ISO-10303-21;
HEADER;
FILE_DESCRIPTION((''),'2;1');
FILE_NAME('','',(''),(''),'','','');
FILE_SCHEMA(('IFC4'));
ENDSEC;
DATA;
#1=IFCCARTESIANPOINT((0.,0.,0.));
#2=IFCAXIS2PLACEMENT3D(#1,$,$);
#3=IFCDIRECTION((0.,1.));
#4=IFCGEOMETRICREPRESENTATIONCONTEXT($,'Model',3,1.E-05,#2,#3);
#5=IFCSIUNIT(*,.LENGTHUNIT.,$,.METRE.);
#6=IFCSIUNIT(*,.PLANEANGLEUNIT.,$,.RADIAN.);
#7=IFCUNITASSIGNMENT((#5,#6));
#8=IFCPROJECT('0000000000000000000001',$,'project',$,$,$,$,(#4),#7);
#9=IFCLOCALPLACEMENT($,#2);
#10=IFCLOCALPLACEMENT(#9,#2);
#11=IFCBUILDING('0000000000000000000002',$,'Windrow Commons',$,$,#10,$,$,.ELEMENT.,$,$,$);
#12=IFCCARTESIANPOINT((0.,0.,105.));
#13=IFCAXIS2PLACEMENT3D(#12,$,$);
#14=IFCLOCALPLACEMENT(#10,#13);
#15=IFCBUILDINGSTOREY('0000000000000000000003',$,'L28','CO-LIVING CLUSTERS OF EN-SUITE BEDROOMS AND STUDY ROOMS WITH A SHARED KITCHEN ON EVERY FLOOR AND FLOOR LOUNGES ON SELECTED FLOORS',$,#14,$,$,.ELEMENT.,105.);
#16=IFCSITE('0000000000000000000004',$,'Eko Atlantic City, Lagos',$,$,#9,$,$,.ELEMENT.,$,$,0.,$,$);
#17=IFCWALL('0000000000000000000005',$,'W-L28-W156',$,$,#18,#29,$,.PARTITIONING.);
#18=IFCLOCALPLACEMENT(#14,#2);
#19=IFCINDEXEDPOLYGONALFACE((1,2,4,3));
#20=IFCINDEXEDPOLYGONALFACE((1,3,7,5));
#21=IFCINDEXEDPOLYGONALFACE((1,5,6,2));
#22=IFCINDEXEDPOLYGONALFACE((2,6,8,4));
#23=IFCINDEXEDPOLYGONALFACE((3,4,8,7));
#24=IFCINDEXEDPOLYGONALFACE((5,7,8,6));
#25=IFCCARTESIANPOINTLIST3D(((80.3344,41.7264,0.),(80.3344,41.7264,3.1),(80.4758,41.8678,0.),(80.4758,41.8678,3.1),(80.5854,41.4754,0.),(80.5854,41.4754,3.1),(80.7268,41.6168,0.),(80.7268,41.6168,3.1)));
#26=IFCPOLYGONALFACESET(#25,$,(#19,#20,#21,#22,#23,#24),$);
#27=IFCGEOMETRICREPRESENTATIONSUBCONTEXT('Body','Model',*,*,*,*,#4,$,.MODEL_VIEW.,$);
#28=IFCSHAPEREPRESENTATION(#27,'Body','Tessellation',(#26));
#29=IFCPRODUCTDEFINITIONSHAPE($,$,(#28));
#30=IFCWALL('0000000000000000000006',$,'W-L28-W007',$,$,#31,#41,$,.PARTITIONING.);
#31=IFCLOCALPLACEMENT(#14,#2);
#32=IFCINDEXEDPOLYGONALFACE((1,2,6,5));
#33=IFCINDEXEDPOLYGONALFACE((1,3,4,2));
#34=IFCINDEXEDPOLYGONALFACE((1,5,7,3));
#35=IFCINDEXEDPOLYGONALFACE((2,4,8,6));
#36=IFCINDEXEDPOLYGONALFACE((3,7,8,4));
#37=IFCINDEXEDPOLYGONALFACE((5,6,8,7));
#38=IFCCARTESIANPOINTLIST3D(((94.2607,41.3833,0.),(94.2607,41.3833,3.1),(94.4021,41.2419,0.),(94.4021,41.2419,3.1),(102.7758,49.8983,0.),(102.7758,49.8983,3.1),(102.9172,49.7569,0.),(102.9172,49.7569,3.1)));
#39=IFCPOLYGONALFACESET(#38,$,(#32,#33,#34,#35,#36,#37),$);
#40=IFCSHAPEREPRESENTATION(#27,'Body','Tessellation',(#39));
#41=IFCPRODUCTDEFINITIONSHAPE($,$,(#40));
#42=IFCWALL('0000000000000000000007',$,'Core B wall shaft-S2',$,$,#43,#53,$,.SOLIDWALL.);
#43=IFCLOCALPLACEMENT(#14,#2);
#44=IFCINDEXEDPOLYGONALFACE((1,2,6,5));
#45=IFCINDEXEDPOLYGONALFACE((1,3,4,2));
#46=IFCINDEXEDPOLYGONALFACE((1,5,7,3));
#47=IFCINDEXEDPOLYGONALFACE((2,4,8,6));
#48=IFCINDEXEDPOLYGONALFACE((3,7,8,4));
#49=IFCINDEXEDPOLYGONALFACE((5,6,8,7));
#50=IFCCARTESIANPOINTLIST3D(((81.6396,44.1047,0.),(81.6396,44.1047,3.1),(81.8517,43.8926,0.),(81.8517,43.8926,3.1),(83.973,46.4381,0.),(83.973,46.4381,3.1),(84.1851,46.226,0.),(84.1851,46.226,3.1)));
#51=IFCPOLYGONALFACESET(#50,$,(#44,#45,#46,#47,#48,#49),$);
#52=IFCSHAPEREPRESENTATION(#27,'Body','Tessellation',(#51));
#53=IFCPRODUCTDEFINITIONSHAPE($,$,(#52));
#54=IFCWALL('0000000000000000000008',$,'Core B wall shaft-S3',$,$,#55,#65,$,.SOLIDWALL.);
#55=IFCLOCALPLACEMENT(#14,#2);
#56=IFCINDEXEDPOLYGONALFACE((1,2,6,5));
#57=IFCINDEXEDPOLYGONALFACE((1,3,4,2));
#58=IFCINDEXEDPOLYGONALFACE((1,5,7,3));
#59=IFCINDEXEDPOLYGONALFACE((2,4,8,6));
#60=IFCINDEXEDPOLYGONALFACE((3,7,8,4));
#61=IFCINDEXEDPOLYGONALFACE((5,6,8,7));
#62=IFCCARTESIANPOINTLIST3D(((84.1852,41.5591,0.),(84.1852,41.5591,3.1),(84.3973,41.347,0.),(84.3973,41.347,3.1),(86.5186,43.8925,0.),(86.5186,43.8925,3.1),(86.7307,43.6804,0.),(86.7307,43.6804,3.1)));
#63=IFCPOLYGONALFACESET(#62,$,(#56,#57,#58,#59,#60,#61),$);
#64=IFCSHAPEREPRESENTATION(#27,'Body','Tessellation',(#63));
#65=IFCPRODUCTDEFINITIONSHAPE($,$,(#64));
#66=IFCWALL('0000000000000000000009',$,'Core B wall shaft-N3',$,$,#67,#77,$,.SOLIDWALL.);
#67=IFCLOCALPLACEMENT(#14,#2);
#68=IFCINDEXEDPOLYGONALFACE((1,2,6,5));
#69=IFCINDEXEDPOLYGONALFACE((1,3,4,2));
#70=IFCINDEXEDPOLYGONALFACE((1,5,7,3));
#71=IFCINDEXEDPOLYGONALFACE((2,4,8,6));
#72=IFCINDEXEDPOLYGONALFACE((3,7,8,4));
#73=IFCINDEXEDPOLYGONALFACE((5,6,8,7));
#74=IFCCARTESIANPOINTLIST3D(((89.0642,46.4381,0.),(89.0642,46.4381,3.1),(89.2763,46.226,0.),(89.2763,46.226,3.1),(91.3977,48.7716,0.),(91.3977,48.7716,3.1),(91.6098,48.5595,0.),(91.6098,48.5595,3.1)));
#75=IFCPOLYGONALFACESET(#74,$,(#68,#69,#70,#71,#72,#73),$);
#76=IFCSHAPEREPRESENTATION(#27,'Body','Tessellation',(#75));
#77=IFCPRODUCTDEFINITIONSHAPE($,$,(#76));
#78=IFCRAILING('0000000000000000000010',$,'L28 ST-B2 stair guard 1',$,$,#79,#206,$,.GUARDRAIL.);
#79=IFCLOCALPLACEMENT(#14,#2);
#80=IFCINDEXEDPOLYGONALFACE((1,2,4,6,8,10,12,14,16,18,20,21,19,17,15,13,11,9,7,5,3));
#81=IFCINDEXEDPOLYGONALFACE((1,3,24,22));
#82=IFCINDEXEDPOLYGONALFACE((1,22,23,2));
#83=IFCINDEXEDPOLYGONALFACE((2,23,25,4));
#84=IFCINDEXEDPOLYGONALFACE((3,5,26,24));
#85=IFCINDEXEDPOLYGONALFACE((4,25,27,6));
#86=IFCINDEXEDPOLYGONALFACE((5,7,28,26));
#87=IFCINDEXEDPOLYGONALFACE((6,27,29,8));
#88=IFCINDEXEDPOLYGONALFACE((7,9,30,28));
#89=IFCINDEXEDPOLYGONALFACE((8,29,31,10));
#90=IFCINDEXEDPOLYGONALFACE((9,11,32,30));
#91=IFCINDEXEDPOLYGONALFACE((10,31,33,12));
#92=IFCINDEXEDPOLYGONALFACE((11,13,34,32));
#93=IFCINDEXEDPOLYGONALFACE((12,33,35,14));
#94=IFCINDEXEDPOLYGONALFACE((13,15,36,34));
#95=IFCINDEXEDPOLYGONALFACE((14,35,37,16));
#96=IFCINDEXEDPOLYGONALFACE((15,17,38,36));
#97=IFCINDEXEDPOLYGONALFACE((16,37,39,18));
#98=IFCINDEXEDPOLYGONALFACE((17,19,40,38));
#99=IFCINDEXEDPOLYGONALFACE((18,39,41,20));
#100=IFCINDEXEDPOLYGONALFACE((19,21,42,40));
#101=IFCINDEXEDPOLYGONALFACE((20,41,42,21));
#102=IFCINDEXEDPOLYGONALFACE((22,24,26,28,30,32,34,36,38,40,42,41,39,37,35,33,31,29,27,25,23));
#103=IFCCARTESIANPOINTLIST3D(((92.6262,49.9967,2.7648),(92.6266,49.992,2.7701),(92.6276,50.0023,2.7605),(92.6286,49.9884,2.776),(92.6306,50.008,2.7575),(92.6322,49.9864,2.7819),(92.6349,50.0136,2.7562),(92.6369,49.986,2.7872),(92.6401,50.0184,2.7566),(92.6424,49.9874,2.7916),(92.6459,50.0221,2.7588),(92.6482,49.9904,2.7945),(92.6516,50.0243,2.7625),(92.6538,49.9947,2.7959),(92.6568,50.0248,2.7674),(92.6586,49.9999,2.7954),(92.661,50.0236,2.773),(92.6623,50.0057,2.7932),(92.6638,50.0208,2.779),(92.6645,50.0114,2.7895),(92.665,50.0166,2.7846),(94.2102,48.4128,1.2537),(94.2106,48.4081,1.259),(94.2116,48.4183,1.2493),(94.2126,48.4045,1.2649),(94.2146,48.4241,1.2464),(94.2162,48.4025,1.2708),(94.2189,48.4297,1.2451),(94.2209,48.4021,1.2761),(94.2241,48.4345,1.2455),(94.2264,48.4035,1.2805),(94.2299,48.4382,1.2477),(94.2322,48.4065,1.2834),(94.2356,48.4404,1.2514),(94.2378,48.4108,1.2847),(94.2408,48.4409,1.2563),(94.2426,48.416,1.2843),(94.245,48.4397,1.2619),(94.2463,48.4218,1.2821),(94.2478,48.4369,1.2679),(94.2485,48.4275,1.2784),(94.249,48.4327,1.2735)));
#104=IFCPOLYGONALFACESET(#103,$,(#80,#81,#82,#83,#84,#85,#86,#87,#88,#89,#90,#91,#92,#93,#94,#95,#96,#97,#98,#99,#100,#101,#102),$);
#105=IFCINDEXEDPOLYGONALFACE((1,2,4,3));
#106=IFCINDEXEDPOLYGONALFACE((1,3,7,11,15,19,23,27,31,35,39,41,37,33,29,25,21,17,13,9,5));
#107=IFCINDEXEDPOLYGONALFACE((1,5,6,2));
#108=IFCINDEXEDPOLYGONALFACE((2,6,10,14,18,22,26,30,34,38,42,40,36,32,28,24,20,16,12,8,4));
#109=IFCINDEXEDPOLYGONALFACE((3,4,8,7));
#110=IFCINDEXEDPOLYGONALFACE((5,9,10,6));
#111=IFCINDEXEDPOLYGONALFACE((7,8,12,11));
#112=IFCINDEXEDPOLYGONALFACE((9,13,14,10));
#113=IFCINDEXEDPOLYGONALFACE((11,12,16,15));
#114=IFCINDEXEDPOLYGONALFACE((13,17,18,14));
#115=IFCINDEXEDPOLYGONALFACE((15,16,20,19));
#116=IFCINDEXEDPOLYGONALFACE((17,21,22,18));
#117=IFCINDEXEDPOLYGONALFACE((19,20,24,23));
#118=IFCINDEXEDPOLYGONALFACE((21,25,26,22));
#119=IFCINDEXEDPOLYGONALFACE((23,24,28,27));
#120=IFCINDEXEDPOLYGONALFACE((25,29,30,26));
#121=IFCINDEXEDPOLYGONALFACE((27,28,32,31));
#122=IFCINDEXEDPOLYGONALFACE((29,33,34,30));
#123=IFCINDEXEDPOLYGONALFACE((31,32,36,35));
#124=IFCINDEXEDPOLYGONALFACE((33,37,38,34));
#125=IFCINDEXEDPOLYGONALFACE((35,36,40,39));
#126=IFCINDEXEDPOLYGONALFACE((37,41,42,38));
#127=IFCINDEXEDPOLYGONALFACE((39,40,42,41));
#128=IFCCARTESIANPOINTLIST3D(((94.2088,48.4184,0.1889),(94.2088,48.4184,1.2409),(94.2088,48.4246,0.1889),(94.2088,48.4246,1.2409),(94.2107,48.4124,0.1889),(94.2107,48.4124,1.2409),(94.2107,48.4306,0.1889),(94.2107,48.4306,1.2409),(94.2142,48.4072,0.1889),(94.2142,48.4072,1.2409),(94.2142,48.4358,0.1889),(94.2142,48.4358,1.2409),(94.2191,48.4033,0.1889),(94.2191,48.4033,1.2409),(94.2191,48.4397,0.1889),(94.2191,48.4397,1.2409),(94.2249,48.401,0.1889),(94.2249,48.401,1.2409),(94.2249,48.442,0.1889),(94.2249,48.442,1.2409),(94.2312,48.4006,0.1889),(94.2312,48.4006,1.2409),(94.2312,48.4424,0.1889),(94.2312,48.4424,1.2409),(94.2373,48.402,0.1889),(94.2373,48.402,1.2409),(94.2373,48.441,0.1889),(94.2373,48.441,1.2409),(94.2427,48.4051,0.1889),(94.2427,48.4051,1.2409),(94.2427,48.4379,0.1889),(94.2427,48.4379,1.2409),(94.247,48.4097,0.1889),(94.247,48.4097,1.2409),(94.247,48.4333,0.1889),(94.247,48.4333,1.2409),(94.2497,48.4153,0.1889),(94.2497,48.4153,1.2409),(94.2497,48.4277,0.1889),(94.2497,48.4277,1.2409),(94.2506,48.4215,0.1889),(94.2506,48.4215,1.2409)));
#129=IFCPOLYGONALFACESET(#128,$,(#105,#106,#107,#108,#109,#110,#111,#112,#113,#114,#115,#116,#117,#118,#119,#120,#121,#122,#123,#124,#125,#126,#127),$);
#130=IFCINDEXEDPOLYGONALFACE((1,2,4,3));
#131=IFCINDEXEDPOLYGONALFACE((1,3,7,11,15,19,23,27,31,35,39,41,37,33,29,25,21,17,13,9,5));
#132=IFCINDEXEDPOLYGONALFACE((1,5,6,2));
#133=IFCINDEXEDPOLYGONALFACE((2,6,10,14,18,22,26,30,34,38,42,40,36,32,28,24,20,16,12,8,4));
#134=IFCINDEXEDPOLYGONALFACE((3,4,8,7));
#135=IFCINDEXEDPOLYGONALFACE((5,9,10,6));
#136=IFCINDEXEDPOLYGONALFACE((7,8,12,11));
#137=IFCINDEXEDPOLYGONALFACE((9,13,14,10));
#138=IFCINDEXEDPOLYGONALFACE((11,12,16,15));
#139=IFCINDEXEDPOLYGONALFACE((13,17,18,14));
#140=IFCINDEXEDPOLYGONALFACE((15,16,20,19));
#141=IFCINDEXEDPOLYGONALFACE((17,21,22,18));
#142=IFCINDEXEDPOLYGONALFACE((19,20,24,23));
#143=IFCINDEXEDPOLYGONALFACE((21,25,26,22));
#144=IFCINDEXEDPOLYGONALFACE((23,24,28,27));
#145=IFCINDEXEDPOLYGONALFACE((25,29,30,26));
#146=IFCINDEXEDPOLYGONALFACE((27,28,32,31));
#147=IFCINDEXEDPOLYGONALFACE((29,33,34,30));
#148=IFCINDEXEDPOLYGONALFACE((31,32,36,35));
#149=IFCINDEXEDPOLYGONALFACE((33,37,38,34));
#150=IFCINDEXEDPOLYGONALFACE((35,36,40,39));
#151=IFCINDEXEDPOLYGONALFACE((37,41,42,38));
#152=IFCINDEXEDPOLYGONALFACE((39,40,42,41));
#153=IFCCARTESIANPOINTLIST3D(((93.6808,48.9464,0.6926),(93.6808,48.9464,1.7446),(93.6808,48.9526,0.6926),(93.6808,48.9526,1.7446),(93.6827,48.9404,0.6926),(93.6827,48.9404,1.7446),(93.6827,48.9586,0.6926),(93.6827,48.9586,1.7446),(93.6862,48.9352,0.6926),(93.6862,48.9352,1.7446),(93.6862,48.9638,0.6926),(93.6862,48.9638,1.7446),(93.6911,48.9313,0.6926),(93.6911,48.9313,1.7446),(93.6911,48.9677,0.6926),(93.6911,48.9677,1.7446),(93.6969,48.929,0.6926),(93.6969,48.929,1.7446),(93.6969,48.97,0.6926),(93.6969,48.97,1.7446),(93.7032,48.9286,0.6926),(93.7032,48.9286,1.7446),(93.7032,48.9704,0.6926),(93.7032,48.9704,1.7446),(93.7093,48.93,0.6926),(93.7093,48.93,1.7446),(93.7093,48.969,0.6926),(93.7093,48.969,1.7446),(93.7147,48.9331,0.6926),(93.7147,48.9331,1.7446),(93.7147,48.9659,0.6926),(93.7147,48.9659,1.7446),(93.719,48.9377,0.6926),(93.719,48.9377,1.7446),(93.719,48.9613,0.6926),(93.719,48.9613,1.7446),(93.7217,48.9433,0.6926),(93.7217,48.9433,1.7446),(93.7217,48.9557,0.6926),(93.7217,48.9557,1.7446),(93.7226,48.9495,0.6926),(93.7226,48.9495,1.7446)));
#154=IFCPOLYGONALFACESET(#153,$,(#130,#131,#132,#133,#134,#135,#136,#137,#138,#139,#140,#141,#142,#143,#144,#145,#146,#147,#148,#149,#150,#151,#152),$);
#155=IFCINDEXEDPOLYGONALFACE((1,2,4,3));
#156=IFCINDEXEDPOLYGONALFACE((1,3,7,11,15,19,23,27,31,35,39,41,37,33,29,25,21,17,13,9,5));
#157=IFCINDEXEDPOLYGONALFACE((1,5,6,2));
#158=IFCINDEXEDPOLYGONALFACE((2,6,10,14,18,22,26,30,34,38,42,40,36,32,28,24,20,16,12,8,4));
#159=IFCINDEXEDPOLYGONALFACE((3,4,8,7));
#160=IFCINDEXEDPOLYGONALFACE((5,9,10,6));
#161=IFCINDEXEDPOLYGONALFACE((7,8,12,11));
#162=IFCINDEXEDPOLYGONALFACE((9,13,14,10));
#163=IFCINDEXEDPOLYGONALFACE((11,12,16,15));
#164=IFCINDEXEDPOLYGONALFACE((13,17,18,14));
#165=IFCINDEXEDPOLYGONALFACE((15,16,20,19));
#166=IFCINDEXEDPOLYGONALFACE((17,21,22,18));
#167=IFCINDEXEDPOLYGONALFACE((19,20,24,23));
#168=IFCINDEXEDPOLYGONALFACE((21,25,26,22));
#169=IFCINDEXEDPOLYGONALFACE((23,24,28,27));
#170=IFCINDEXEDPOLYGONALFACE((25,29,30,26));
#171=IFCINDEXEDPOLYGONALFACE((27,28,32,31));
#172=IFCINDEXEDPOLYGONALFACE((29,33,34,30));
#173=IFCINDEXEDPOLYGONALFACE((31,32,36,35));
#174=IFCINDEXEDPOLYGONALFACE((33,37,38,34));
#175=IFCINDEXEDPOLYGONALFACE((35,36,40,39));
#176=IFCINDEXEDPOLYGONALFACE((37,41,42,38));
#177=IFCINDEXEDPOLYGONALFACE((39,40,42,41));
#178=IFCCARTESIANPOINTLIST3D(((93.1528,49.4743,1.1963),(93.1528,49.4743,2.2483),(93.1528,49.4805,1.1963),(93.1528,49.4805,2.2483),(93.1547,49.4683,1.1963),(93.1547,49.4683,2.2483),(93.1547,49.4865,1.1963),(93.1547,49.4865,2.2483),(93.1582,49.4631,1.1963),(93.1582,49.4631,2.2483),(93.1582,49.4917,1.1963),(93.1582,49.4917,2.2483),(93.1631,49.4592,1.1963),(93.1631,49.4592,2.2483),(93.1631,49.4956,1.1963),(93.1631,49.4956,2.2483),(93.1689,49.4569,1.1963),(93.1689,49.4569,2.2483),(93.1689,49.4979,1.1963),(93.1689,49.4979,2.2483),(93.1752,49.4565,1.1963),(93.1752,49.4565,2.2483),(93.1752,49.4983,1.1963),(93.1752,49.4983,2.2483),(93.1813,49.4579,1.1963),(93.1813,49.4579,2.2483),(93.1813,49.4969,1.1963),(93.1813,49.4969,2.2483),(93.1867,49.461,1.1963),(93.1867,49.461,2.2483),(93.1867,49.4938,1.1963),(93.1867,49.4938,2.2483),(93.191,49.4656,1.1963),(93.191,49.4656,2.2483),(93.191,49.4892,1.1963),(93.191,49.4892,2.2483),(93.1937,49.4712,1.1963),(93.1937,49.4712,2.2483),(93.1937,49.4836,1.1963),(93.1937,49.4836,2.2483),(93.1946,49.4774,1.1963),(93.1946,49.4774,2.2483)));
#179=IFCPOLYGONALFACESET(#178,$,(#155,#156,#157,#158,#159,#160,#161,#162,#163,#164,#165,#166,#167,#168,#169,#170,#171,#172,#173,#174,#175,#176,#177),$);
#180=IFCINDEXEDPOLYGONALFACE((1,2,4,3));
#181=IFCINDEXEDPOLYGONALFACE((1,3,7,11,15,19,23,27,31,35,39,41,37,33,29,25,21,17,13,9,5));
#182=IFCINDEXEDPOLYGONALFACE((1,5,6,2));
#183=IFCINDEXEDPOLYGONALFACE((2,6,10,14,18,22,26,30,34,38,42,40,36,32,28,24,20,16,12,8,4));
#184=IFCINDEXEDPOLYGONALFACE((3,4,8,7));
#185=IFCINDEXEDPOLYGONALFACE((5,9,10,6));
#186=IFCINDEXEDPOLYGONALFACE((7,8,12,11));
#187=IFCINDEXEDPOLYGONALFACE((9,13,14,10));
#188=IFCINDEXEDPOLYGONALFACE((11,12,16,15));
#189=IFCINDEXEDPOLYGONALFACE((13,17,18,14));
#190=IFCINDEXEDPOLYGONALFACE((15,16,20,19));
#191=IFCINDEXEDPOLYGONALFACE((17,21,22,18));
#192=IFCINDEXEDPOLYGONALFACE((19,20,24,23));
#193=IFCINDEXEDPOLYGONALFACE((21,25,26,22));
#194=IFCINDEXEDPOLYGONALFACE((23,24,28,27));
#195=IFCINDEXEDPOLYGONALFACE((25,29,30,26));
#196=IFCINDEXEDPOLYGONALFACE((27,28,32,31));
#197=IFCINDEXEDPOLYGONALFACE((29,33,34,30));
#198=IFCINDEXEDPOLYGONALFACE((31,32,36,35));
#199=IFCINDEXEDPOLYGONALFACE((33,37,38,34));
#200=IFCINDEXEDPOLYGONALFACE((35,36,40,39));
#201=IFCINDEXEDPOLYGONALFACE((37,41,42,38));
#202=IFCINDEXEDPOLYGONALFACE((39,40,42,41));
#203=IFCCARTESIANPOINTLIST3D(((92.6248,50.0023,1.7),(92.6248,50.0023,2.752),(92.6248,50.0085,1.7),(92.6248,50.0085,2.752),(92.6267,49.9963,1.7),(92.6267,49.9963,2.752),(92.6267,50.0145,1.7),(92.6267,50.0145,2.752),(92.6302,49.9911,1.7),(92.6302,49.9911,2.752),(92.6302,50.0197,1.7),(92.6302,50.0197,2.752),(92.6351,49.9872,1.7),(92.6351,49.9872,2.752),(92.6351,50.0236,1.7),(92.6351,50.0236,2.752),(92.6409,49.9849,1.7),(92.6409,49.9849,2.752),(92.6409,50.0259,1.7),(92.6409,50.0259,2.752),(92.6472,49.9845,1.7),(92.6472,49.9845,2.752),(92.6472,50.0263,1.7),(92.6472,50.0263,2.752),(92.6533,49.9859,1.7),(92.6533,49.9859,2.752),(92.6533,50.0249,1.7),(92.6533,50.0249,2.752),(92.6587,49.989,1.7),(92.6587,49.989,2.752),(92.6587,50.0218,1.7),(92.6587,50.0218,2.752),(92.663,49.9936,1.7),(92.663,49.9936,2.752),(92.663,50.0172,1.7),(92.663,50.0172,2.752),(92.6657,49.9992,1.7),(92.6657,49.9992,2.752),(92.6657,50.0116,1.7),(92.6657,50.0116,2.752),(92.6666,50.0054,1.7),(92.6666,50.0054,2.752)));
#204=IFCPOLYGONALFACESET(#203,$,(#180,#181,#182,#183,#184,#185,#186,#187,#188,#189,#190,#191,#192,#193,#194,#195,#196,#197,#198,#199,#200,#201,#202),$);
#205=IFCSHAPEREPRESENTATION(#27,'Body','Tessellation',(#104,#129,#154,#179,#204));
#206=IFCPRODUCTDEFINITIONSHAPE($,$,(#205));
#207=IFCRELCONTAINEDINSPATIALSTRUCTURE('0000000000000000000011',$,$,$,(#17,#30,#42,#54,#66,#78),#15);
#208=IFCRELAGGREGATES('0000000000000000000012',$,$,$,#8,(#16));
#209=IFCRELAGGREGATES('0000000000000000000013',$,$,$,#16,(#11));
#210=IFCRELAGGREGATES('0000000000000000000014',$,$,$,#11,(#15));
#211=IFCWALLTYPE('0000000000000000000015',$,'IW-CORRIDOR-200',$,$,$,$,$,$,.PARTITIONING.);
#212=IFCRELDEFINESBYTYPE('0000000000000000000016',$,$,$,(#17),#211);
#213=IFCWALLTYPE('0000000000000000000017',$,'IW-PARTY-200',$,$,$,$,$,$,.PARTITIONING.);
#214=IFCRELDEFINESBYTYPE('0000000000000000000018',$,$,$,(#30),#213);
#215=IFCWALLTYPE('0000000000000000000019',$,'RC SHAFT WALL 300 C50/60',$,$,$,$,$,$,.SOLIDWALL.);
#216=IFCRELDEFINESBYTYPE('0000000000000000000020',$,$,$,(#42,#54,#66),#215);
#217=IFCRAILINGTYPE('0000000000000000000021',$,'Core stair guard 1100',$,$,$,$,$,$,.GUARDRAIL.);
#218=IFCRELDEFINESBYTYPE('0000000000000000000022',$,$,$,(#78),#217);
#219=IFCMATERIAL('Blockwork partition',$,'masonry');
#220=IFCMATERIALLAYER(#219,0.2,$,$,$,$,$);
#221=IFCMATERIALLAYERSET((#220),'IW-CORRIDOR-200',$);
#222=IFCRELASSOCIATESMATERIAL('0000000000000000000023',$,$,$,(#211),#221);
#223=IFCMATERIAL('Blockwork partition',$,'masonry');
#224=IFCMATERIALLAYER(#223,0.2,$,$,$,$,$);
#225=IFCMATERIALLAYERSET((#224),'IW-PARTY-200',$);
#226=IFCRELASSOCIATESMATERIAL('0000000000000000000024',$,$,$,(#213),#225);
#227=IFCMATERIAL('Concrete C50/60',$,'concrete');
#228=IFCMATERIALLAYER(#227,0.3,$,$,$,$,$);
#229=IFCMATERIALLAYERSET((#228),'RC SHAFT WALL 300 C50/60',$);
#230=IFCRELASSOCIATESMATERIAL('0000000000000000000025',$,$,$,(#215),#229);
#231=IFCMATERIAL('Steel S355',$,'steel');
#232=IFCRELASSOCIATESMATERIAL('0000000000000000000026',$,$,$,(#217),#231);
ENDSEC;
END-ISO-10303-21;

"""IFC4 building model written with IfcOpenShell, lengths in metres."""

from ifc_helpers import new_model, si_unit, direction, frame, frame_2d, origin, origin_2d, place, context, subcontext, project, spatial, rectangle, circle, extrude, material, layer, layer_set, type_object, element, save


model = new_model("IFC4")

# Units and contexts
model_context = context("Model", 3, precision=1e-05, world=origin(), true_north=direction((0.0, 1.0)))
body_context = subcontext(model_context, "Body", "Model", "MODEL_VIEW")
ifc_project = project(units=[si_unit("LENGTHUNIT", "METRE"), si_unit("PLANEANGLEUNIT", "RADIAN")], contexts=[model_context])

# Site, building, storey
site_placement = place(None, origin())
site = spatial("IfcSite", under=ifc_project, at=site_placement, Name="Eko Atlantic City, Lagos", CompositionType="ELEMENT", RefElevation=0.0)
building_placement = place(site_placement, origin())
building = spatial("IfcBuilding", under=site, at=building_placement, Name="Windrow Commons", CompositionType="ELEMENT")
storey_placement = place(building_placement, frame((0.0, 0.0, 105.0)))
storey = spatial("IfcBuildingStorey", under=building, at=storey_placement, Name="L28", Description="CO-LIVING CLUSTERS OF EN-SUITE BEDROOMS AND STUDY ROOMS WITH A SHARED KITCHEN ON EVERY FLOOR AND FLOOR LOUNGES ON SELECTED FLOORS", CompositionType="ELEMENT", Elevation=105.0)

# Shared definitions
ifc_material_1 = material(Name="Blockwork partition", Category="masonry")
ifc_layer_1 = layer(ifc_material_1, 0.2)
ifc_layer_set_1 = layer_set([ifc_layer_1], Name="IW-CORRIDOR-200")
wall_type_1 = type_object("IfcWallType", Name="IW-CORRIDOR-200", PredefinedType="PARTITIONING", material=ifc_layer_set_1)

# Walls
wall_1_placement = place(storey_placement, frame((80.4051, 41.7971, 0.0), z_axis=(0.0, 0.0, 1.0), x_axis=(0.707107, -0.707107, 0.0)))
element("IfcWall", 1, at=wall_1_placement, inside=storey, type_object=wall_type_1, Name="W-L28-W156", PredefinedType="PARTITIONING", context=body_context, shape_type="SweptSolid", body=[
    extrude(rectangle(XDim=0.355, YDim=0.2, at=frame_2d((0.1775, 0.0))), origin(), (0.0, 0.0, 1.0), 3.1),
])
ifc_material_2 = material(Name="Blockwork partition", Category="masonry")
ifc_layer_2 = layer(ifc_material_2, 0.2)
ifc_layer_set_2 = layer_set([ifc_layer_2], Name="IW-PARTY-200")
wall_type_2 = type_object("IfcWallType", Name="IW-PARTY-200", PredefinedType="PARTITIONING", material=ifc_layer_set_2)
wall_2_placement = place(storey_placement, frame((94.3314, 41.3126, 0.0), z_axis=(0.0, 0.0, 1.0), x_axis=(0.707111, 0.707103, 0.0)))
element("IfcWall", 2, at=wall_2_placement, inside=storey, type_object=wall_type_2, Name="W-L28-W007", PredefinedType="PARTITIONING", context=body_context, shape_type="SweptSolid", body=[
    extrude(rectangle(XDim=12.0421, YDim=0.2, at=frame_2d((6.021, 0.0))), origin(), (0.0, 0.0, 1.0), 3.1),
])
ifc_material_3 = material(Name="Concrete C50/60", Category="concrete")
ifc_layer_3 = layer(ifc_material_3, 0.3)
ifc_layer_set_3 = layer_set([ifc_layer_3], Name="RC SHAFT WALL 300 C50/60")
wall_type_3 = type_object("IfcWallType", Name="RC SHAFT WALL 300 C50/60", PredefinedType="SOLIDWALL", material=ifc_layer_set_3)
for number, where, z_axis, x_axis, name in (
    (3, (81.7456, 43.9986, 0.0), (0.0, 0.0, 1.0), (0.707107, 0.707107, 0.0), "Core B wall shaft-S2"),
    (4, (84.2912, 41.453, 0.0), (0.0, 0.0, 1.0), (0.707107, 0.707107, 0.0), "Core B wall shaft-S3"),
):
    element("IfcWall", number, at=place(storey_placement, frame(where, z_axis=z_axis, x_axis=x_axis)), inside=storey, type_object=wall_type_3, Name=name, PredefinedType="SOLIDWALL", context=body_context, shape_type="SweptSolid", body=[
        extrude(rectangle(XDim=3.2999, YDim=0.3, at=frame_2d((1.65, 0.0))), origin(), (0.0, 0.0, 1.0), 3.1),
    ])
wall_3_placement = place(storey_placement, frame((89.1702, 46.332, 0.0), z_axis=(0.0, 0.0, 1.0), x_axis=(0.707107, 0.707107, 0.0)))
element("IfcWall", 5, at=wall_3_placement, inside=storey, type_object=wall_type_3, Name="Core B wall shaft-N3", PredefinedType="SOLIDWALL", context=body_context, shape_type="SweptSolid", body=[
    extrude(rectangle(XDim=3.3001, YDim=0.3, at=frame_2d((1.6501, 0.0))), origin(), (0.0, 0.0, 1.0), 3.1),
])

# Railing
ifc_material_4 = material(Name="Steel S355", Category="steel")
railing_type = type_object("IfcRailingType", Name="Core stair guard 1100", PredefinedType="GUARDRAIL", material=ifc_material_4)
railing_placement = place(storey_placement, frame((94.2296, 48.4215, 0.1889)))
element("IfcRailing", 6, at=railing_placement, inside=storey, type_object=railing_type, Name="L28 ST-B2 stair guard 1", PredefinedType="GUARDRAIL", context=body_context, shape_type="SweptSolid", body=[
    extrude(circle(Radius=0.024, at=origin_2d()), frame((0.0, 0.0, 1.076), z_axis=(-0.586216, 0.586179, 0.559237), x_axis=(-0.707084, -0.707129, 0.0)), (0.0, 0.0, 1.0), 2.7021),
    extrude(circle(Radius=0.021, at=origin_2d()), origin(), (0.0, 0.0, 1.0), 1.052),
    extrude(circle(Radius=0.021, at=origin_2d()), frame((-0.528, 0.528, 0.5037)), (0.0, 0.0, 1.0), 1.052),
    extrude(circle(Radius=0.021, at=origin_2d()), frame((-1.056, 1.0559, 1.0074)), (0.0, 0.0, 1.0), 1.052),
    extrude(circle(Radius=0.021, at=origin_2d()), frame((-1.584, 1.5839, 1.5111)), (0.0, 0.0, 1.0), 1.052),
])

save(model, "model.ifc")
